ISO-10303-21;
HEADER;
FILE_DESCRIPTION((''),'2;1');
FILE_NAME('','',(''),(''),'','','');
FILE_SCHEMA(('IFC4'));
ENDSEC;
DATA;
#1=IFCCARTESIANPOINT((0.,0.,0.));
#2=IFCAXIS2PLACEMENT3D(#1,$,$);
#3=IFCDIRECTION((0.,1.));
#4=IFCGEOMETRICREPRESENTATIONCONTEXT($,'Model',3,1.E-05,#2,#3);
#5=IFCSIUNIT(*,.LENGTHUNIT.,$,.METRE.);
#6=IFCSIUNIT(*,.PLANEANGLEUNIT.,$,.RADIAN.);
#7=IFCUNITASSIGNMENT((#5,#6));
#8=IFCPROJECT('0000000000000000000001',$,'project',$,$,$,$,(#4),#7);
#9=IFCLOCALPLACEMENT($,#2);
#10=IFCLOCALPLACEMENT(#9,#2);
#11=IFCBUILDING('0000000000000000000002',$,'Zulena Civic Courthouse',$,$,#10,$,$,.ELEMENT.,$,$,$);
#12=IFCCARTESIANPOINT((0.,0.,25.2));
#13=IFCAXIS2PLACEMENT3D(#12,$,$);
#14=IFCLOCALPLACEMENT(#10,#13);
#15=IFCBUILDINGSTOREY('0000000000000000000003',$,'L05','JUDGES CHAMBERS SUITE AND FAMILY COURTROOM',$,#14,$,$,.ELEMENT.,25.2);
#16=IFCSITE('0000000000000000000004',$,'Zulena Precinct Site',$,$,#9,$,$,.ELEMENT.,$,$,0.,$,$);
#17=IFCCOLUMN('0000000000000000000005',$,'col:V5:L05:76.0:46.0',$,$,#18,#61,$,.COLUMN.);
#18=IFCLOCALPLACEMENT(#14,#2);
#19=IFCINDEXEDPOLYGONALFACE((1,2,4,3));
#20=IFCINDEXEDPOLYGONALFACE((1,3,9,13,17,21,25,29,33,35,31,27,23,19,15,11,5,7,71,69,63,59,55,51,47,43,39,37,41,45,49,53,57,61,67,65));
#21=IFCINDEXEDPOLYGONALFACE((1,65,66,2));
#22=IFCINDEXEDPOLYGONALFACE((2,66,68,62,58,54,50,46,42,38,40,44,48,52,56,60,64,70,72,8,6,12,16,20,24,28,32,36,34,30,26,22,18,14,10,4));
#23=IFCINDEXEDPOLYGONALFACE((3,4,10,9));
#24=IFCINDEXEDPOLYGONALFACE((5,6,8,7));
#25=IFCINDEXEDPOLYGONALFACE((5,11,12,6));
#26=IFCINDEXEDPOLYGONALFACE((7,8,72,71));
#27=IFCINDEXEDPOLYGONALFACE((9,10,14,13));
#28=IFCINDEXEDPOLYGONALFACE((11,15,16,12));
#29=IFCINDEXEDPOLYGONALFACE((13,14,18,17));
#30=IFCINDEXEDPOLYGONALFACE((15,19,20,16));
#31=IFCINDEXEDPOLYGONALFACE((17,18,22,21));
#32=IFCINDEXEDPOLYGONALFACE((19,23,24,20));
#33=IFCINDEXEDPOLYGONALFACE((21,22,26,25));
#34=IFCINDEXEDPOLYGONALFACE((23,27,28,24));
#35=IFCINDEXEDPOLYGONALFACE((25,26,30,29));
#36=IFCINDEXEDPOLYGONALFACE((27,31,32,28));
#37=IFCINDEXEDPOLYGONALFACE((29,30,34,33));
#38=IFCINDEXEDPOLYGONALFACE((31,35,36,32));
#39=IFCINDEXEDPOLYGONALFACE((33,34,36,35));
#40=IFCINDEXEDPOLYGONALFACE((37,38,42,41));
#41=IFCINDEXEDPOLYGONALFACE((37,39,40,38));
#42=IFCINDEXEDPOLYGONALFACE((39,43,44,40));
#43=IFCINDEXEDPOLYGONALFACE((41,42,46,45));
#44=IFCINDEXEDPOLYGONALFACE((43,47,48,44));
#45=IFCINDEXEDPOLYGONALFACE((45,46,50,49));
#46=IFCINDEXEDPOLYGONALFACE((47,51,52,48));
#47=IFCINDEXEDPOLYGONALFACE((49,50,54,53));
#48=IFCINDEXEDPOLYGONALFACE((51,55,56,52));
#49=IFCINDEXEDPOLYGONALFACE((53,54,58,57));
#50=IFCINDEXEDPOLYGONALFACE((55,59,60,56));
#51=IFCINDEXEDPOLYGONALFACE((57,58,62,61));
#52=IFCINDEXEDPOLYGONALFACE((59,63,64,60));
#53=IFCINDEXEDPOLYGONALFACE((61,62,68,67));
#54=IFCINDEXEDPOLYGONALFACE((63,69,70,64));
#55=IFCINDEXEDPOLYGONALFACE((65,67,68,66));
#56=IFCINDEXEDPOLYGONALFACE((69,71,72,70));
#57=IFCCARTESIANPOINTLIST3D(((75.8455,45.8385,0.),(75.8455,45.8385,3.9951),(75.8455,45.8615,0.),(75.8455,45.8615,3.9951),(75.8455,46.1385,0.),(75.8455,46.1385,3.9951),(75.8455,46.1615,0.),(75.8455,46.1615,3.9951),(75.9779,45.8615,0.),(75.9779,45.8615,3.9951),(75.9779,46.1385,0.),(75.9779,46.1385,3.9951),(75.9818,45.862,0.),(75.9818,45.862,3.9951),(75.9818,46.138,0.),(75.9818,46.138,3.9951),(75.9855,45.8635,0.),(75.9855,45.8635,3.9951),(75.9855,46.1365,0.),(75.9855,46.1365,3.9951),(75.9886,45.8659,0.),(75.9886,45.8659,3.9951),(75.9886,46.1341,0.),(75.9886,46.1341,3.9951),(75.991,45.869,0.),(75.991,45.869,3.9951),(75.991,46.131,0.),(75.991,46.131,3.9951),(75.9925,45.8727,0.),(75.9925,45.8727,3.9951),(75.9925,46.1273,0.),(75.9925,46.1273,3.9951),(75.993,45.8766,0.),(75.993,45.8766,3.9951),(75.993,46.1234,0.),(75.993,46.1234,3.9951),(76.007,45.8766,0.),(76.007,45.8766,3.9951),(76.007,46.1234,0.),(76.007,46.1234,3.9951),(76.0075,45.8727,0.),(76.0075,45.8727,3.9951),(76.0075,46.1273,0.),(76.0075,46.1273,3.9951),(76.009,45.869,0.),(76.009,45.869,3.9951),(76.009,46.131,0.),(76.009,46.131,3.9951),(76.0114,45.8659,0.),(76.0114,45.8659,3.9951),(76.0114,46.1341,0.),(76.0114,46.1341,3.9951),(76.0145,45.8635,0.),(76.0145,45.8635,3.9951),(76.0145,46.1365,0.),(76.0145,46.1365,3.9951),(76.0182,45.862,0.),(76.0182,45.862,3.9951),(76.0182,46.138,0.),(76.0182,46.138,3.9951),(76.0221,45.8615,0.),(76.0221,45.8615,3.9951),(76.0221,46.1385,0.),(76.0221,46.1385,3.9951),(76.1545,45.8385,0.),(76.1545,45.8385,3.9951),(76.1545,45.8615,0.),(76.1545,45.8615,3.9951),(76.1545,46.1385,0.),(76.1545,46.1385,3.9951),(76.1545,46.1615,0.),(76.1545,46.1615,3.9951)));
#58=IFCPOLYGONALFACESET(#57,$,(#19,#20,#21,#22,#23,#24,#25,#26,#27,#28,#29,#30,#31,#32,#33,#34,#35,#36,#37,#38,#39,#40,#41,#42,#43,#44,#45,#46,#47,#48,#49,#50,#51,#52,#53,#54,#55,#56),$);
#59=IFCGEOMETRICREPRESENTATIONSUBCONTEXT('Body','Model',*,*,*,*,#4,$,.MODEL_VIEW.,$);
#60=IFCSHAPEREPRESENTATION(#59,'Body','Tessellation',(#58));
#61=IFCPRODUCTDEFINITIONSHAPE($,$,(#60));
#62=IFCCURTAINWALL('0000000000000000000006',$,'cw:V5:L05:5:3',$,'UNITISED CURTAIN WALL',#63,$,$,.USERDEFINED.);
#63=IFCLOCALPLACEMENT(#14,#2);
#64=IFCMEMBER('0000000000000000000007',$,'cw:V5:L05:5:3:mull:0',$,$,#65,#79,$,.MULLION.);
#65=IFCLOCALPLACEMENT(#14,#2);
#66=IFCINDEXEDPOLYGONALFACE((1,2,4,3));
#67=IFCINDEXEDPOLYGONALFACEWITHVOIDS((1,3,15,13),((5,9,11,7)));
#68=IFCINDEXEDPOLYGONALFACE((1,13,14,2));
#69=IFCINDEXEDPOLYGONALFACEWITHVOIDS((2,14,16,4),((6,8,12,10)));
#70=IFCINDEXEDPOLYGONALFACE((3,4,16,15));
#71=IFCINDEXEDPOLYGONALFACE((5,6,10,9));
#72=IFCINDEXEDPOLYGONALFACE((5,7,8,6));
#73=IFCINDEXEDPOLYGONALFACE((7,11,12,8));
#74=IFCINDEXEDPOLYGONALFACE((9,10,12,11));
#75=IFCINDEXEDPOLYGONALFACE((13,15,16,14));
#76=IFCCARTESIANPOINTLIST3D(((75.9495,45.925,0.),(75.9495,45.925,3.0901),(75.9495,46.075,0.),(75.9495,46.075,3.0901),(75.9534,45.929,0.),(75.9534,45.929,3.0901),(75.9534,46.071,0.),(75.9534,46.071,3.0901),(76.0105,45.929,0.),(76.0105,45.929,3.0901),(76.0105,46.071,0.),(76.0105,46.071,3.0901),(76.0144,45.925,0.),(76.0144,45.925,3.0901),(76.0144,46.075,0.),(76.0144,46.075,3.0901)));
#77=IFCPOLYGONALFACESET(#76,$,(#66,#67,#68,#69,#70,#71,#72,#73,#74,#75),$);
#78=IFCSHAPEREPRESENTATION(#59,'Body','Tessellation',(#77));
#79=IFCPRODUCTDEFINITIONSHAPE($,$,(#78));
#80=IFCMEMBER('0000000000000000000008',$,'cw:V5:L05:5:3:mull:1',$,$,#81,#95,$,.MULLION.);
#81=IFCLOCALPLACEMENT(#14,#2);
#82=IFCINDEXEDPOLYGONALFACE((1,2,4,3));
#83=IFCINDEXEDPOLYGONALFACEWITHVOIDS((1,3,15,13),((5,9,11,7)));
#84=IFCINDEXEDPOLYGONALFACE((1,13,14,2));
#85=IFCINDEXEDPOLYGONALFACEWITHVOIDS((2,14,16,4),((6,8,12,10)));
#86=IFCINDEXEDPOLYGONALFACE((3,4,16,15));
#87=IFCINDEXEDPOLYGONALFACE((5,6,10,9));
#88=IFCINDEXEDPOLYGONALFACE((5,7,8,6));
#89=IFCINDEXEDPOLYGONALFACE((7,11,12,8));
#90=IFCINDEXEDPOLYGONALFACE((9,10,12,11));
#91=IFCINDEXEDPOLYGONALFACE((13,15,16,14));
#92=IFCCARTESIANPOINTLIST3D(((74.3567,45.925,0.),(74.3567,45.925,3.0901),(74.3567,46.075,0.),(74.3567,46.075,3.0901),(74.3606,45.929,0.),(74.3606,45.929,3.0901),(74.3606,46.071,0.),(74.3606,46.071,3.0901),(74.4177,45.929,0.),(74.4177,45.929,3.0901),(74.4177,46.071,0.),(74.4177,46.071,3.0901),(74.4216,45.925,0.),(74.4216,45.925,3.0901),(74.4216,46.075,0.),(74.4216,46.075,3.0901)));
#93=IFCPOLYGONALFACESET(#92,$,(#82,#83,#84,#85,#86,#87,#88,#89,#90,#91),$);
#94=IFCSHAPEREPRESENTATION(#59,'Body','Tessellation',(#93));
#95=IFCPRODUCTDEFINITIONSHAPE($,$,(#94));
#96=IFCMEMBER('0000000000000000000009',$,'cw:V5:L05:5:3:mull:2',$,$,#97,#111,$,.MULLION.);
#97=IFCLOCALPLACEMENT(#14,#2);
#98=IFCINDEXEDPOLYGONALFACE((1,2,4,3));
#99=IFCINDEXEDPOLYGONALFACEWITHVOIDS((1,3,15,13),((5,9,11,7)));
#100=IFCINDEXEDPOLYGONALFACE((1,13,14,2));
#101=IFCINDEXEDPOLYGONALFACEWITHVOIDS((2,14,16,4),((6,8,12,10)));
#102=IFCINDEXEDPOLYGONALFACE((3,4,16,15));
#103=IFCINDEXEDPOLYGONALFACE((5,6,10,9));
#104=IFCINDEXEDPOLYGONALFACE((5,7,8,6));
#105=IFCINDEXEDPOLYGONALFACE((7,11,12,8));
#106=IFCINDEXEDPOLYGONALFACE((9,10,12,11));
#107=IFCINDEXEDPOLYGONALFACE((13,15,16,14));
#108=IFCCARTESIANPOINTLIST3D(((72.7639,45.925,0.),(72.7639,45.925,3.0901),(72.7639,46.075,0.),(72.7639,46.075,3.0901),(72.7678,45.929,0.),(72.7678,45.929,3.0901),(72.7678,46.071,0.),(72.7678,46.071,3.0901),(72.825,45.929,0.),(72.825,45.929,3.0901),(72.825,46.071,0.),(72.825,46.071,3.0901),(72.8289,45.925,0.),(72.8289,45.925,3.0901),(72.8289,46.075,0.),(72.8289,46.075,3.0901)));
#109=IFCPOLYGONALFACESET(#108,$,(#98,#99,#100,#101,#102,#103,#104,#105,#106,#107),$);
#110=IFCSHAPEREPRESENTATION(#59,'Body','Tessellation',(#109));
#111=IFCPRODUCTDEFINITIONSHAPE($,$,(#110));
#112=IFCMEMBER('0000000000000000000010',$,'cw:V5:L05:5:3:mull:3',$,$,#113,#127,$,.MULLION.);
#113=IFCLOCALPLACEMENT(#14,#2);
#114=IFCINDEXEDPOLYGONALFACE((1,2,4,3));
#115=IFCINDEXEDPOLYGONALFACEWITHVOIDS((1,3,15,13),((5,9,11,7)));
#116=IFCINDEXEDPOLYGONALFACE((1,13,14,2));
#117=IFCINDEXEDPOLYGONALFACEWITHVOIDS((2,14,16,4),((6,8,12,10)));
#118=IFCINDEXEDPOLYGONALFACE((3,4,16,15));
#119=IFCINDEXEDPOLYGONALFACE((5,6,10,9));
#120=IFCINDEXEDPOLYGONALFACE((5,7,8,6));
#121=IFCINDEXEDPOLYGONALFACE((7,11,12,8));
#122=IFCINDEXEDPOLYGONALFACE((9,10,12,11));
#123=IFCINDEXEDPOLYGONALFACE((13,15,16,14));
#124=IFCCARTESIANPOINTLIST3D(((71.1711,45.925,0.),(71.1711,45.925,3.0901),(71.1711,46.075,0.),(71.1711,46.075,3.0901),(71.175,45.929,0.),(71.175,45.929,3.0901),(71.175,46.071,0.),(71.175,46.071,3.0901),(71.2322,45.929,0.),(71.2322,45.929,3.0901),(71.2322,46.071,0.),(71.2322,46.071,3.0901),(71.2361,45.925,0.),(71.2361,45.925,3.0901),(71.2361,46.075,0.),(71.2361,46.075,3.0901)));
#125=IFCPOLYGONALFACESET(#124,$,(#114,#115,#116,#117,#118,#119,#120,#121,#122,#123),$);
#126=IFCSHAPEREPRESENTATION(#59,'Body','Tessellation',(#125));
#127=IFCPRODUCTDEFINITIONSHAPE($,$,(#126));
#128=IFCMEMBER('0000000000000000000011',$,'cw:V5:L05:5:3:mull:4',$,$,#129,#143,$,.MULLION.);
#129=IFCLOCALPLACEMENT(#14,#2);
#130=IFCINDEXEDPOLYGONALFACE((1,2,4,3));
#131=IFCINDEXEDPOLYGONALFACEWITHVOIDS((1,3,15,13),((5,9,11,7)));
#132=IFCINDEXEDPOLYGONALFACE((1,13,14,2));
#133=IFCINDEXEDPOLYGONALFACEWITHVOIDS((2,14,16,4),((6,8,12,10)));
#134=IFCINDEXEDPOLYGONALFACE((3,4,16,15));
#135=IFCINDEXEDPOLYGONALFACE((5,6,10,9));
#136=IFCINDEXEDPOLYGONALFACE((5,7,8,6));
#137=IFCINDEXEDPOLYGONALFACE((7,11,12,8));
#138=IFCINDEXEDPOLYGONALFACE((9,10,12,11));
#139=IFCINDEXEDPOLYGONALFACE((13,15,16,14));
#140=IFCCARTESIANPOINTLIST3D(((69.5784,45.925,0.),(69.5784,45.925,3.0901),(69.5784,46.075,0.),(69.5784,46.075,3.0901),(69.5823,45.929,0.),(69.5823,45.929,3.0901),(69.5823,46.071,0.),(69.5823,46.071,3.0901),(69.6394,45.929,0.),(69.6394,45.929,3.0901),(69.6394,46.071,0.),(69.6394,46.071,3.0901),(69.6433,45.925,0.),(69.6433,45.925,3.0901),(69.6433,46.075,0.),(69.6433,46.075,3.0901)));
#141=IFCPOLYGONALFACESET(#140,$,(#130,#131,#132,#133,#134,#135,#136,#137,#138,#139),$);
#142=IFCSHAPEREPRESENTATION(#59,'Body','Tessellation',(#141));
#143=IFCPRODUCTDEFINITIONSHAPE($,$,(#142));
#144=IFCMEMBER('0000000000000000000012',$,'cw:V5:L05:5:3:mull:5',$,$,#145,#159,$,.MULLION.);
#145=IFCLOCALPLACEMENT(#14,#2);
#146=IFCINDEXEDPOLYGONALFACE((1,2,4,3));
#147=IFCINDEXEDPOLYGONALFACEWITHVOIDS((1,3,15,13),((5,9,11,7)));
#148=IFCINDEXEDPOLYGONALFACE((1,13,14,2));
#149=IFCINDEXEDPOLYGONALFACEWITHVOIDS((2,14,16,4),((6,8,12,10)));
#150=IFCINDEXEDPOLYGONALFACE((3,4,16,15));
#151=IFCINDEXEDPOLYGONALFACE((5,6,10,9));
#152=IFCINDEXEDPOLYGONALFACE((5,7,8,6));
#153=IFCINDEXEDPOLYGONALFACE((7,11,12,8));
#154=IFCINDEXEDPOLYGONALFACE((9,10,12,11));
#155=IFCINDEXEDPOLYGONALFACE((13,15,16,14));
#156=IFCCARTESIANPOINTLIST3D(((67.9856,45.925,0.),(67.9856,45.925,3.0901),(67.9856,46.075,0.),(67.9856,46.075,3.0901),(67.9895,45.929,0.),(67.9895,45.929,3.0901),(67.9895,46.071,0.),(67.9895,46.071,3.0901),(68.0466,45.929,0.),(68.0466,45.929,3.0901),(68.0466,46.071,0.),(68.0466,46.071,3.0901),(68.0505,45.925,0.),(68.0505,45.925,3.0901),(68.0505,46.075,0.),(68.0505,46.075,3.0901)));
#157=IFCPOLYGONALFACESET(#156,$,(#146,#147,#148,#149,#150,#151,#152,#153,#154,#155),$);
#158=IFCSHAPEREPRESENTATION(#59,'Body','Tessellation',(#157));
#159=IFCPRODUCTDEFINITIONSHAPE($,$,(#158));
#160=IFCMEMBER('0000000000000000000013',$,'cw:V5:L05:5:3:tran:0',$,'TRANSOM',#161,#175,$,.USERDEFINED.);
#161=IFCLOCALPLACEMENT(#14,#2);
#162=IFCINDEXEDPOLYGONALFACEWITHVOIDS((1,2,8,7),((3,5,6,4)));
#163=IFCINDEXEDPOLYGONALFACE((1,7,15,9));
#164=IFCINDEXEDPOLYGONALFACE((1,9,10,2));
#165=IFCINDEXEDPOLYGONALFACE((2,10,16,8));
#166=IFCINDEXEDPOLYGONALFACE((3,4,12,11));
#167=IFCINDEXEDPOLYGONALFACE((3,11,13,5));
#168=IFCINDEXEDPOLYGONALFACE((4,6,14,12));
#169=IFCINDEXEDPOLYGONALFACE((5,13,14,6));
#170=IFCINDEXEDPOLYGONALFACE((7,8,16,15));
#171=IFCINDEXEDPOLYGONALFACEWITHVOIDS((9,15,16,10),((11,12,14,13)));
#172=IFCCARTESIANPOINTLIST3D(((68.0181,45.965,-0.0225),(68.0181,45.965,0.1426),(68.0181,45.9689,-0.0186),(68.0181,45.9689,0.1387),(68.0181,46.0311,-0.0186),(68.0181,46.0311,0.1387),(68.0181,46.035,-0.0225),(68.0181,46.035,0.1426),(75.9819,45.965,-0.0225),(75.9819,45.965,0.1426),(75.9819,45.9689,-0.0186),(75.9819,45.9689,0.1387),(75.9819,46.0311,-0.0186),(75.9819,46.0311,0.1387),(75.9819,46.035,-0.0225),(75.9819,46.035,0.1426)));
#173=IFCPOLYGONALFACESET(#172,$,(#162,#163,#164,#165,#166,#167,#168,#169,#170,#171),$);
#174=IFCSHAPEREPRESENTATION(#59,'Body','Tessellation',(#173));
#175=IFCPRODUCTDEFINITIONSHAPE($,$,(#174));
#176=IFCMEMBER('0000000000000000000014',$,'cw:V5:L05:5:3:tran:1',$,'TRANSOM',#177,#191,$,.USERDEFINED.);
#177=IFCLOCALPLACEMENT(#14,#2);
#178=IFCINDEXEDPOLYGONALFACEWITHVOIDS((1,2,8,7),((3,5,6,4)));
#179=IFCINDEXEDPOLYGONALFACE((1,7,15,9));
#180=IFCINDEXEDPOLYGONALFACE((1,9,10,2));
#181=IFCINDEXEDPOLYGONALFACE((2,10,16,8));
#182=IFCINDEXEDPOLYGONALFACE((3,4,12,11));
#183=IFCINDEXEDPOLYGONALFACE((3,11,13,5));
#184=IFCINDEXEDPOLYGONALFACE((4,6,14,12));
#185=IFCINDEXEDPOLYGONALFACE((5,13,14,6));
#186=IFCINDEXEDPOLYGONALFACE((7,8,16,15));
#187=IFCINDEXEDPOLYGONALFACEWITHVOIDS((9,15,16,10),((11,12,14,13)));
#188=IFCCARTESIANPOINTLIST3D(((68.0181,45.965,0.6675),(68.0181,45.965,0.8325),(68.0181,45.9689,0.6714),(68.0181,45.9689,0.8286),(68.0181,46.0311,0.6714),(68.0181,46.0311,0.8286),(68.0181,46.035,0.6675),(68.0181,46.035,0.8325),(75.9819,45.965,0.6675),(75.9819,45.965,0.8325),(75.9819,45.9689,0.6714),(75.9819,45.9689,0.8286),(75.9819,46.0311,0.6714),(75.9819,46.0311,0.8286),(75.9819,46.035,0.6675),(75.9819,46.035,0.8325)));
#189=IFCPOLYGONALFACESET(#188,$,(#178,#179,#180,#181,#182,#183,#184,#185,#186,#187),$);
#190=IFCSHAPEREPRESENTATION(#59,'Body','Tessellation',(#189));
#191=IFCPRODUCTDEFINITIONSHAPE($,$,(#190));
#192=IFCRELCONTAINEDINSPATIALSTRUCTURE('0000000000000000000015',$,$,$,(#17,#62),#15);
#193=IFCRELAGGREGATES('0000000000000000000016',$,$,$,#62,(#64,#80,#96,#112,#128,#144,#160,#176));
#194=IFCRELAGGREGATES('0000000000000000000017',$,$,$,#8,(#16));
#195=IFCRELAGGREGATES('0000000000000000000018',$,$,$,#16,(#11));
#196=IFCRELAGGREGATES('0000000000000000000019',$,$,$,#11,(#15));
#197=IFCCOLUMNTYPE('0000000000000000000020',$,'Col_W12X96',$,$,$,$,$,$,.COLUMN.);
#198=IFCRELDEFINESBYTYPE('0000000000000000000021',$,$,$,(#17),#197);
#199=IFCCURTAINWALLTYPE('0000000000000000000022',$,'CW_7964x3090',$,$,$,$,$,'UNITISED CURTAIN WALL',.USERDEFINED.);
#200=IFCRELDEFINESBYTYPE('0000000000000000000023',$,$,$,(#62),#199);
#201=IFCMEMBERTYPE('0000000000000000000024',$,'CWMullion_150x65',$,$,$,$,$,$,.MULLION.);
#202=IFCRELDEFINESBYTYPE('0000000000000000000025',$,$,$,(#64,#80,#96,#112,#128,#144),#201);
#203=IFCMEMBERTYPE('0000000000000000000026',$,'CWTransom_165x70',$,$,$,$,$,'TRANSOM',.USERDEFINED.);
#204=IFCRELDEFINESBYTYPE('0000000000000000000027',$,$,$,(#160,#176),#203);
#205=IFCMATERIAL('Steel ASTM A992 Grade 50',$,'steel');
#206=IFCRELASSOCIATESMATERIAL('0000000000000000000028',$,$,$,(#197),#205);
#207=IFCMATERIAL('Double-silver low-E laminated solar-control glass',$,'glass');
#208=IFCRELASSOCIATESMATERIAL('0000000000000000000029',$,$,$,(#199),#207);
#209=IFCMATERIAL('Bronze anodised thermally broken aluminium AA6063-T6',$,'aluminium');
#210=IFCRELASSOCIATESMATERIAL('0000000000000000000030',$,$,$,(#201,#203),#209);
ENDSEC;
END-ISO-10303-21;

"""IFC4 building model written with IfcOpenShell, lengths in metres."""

from ifc_helpers import new_model, si_unit, direction, frame, origin, origin_2d, place, context, subcontext, project, spatial, hollow_rectangle, i_section, extrude, material, material_profile, profile_set, type_object, element, aggregate, save


model = new_model("IFC4")

# Units and contexts
model_context = context("Model", 3, precision=1e-05, world=origin(), true_north=direction((0.0, 1.0)))
body_context = subcontext(model_context, "Body", "Model", "MODEL_VIEW")
ifc_project = project(units=[si_unit("LENGTHUNIT", "METRE"), si_unit("PLANEANGLEUNIT", "RADIAN")], contexts=[model_context])

# Site, building, storey
site_placement = place(None, origin())
site = spatial("IfcSite", under=ifc_project, at=site_placement, Name="Zulena Precinct Site", CompositionType="ELEMENT", RefElevation=0.0)
building_placement = place(site_placement, origin())
building = spatial("IfcBuilding", under=site, at=building_placement, Name="Zulena Civic Courthouse", CompositionType="ELEMENT")
storey_placement = place(building_placement, frame((0.0, 0.0, 25.2)))
storey = spatial("IfcBuildingStorey", under=building, at=storey_placement, Name="L05", Description="JUDGES CHAMBERS SUITE AND FAMILY COURTROOM", CompositionType="ELEMENT", Elevation=25.2)

# Column
ifc_material_1 = material(Name="Steel ASTM A992 Grade 50", Category="steel")
ifc_material_profile_1 = material_profile(ifc_material_1, i_section(OverallWidth=0.3091, OverallDepth=0.323, WebThickness=0.0139, FlangeThickness=0.0229, FilletRadius=0.0151, at=origin_2d()), Name="W12X96")
ifc_profile_set_1 = profile_set([ifc_material_profile_1], Name="Steel ASTM A992 Grade 50")
column_type = type_object("IfcColumnType", Name="Col_W12X96", PredefinedType="COLUMN", material=ifc_profile_set_1)
column_placement = place(storey_placement, frame((76.0, 46.0, 0.0), z_axis=(0.0, 0.0, 1.0), x_axis=(1.0, 0.0, 0.0)))
element("IfcColumn", 1, at=column_placement, inside=storey, type_object=column_type, Name="col:V5:L05:76.0:46.0", PredefinedType="COLUMN", context=body_context, shape_type="SweptSolid", body=[
    extrude(i_section(OverallWidth=0.3091, OverallDepth=0.323, WebThickness=0.0139, FlangeThickness=0.0229, FilletRadius=0.0151, at=origin_2d()), origin(), (0.0, 0.0, 1.0), 3.9951),
])

# Curtain wall, members
ifc_material_2 = material(Name="Double-silver low-E laminated solar-control glass", Category="glass")
curtain_wall_type = type_object("IfcCurtainWallType", Name="CW_7964x3090", ElementType="UNITISED CURTAIN WALL", PredefinedType="USERDEFINED", material=ifc_material_2)
curtain_wall_placement = place(storey_placement, origin())
curtain_wall = element("IfcCurtainWall", 2, at=curtain_wall_placement, inside=storey, type_object=curtain_wall_type, Name="cw:V5:L05:5:3", ObjectType="UNITISED CURTAIN WALL", PredefinedType="USERDEFINED")
ifc_material_3 = material(Name="Bronze anodised thermally broken aluminium AA6063-T6", Category="aluminium")
ifc_material_profile_2 = material_profile(ifc_material_3, hollow_rectangle(XDim=0.0649, YDim=0.1499, WallThickness=0.0039, at=origin_2d()), Name="CWM150X65X4")
ifc_profile_set_2 = profile_set([ifc_material_profile_2], Name="Bronze anodised thermally broken aluminium AA6063-T6")
member_type_1 = type_object("IfcMemberType", Name="CWMullion_150x65", PredefinedType="MULLION", material=ifc_profile_set_2)
member_1_placement = place(storey_placement, frame((75.9819, 46.0, 0.0), z_axis=(0.0, 0.0, 1.0), x_axis=(1.0, 0.0, 0.0)))
member_1 = element("IfcMember", 3, at=member_1_placement, type_object=member_type_1, Name="cw:V5:L05:5:3:mull:0", PredefinedType="MULLION", context=body_context, shape_type="SweptSolid", body=[
    extrude(hollow_rectangle(XDim=0.0649, YDim=0.1499, WallThickness=0.0039, at=origin_2d()), origin(), (0.0, 0.0, 1.0), 3.0901),
])
member_2_placement = place(storey_placement, frame((74.3892, 46.0, 0.0), z_axis=(0.0, 0.0, 1.0), x_axis=(1.0, 0.0, 0.0)))
member_2 = element("IfcMember", 4, at=member_2_placement, type_object=member_type_1, Name="cw:V5:L05:5:3:mull:1", PredefinedType="MULLION", context=body_context, shape_type="SweptSolid", body=[
    extrude(hollow_rectangle(XDim=0.0649, YDim=0.1499, WallThickness=0.0039, at=origin_2d()), origin(), (0.0, 0.0, 1.0), 3.0901),
])
member_3_placement = place(storey_placement, frame((72.7964, 46.0, 0.0), z_axis=(0.0, 0.0, 1.0), x_axis=(1.0, 0.0, 0.0)))
member_3 = element("IfcMember", 5, at=member_3_placement, type_object=member_type_1, Name="cw:V5:L05:5:3:mull:2", PredefinedType="MULLION", context=body_context, shape_type="SweptSolid", body=[
    extrude(hollow_rectangle(XDim=0.0649, YDim=0.1499, WallThickness=0.0039, at=origin_2d()), origin(), (0.0, 0.0, 1.0), 3.0901),
])
member_4_placement = place(storey_placement, frame((71.2036, 46.0, 0.0), z_axis=(0.0, 0.0, 1.0), x_axis=(1.0, 0.0, 0.0)))
member_4 = element("IfcMember", 6, at=member_4_placement, type_object=member_type_1, Name="cw:V5:L05:5:3:mull:3", PredefinedType="MULLION", context=body_context, shape_type="SweptSolid", body=[
    extrude(hollow_rectangle(XDim=0.0649, YDim=0.1499, WallThickness=0.0039, at=origin_2d()), origin(), (0.0, 0.0, 1.0), 3.0901),
])
member_5_placement = place(storey_placement, frame((69.6108, 46.0, 0.0), z_axis=(0.0, 0.0, 1.0), x_axis=(1.0, 0.0, 0.0)))
member_5 = element("IfcMember", 7, at=member_5_placement, type_object=member_type_1, Name="cw:V5:L05:5:3:mull:4", PredefinedType="MULLION", context=body_context, shape_type="SweptSolid", body=[
    extrude(hollow_rectangle(XDim=0.0649, YDim=0.1499, WallThickness=0.0039, at=origin_2d()), origin(), (0.0, 0.0, 1.0), 3.0901),
])
member_6_placement = place(storey_placement, frame((68.0181, 46.0, 0.0), z_axis=(0.0, 0.0, 1.0), x_axis=(1.0, 0.0, 0.0)))
member_6 = element("IfcMember", 8, at=member_6_placement, type_object=member_type_1, Name="cw:V5:L05:5:3:mull:5", PredefinedType="MULLION", context=body_context, shape_type="SweptSolid", body=[
    extrude(hollow_rectangle(XDim=0.0649, YDim=0.1499, WallThickness=0.0039, at=origin_2d()), origin(), (0.0, 0.0, 1.0), 3.0901),
])
ifc_material_profile_3 = material_profile(ifc_material_3, hollow_rectangle(XDim=0.0701, YDim=0.165, WallThickness=0.0039, at=origin_2d()), Name="CWT165X70X4")
ifc_profile_set_3 = profile_set([ifc_material_profile_3], Name="Bronze anodised thermally broken aluminium AA6063-T6")
member_type_2 = type_object("IfcMemberType", Name="CWTransom_165x70", ElementType="TRANSOM", PredefinedType="USERDEFINED", material=ifc_profile_set_3)
member_7_placement = place(storey_placement, frame((75.9819, 46.0, 0.0601), z_axis=(-1.0, 0.0, 0.0), x_axis=(0.0, -1.0, 0.0)))
member_7 = element("IfcMember", 9, at=member_7_placement, type_object=member_type_2, Name="cw:V5:L05:5:3:tran:0", ObjectType="TRANSOM", PredefinedType="USERDEFINED", context=body_context, shape_type="SweptSolid", body=[
    extrude(hollow_rectangle(XDim=0.0701, YDim=0.165, WallThickness=0.0039, at=origin_2d()), origin(), (0.0, 0.0, 1.0), 7.9639),
])
member_8_placement = place(storey_placement, frame((75.9819, 46.0, 0.75), z_axis=(-1.0, 0.0, 0.0), x_axis=(0.0, -1.0, 0.0)))
member_8 = element("IfcMember", 10, at=member_8_placement, type_object=member_type_2, Name="cw:V5:L05:5:3:tran:1", ObjectType="TRANSOM", PredefinedType="USERDEFINED", context=body_context, shape_type="SweptSolid", body=[
    extrude(hollow_rectangle(XDim=0.0701, YDim=0.165, WallThickness=0.0039, at=origin_2d()), origin(), (0.0, 0.0, 1.0), 7.9639),
])

aggregate(curtain_wall, [member_1, member_2, member_3, member_4, member_5, member_6, member_7, member_8])

save(model, "model.ifc")
